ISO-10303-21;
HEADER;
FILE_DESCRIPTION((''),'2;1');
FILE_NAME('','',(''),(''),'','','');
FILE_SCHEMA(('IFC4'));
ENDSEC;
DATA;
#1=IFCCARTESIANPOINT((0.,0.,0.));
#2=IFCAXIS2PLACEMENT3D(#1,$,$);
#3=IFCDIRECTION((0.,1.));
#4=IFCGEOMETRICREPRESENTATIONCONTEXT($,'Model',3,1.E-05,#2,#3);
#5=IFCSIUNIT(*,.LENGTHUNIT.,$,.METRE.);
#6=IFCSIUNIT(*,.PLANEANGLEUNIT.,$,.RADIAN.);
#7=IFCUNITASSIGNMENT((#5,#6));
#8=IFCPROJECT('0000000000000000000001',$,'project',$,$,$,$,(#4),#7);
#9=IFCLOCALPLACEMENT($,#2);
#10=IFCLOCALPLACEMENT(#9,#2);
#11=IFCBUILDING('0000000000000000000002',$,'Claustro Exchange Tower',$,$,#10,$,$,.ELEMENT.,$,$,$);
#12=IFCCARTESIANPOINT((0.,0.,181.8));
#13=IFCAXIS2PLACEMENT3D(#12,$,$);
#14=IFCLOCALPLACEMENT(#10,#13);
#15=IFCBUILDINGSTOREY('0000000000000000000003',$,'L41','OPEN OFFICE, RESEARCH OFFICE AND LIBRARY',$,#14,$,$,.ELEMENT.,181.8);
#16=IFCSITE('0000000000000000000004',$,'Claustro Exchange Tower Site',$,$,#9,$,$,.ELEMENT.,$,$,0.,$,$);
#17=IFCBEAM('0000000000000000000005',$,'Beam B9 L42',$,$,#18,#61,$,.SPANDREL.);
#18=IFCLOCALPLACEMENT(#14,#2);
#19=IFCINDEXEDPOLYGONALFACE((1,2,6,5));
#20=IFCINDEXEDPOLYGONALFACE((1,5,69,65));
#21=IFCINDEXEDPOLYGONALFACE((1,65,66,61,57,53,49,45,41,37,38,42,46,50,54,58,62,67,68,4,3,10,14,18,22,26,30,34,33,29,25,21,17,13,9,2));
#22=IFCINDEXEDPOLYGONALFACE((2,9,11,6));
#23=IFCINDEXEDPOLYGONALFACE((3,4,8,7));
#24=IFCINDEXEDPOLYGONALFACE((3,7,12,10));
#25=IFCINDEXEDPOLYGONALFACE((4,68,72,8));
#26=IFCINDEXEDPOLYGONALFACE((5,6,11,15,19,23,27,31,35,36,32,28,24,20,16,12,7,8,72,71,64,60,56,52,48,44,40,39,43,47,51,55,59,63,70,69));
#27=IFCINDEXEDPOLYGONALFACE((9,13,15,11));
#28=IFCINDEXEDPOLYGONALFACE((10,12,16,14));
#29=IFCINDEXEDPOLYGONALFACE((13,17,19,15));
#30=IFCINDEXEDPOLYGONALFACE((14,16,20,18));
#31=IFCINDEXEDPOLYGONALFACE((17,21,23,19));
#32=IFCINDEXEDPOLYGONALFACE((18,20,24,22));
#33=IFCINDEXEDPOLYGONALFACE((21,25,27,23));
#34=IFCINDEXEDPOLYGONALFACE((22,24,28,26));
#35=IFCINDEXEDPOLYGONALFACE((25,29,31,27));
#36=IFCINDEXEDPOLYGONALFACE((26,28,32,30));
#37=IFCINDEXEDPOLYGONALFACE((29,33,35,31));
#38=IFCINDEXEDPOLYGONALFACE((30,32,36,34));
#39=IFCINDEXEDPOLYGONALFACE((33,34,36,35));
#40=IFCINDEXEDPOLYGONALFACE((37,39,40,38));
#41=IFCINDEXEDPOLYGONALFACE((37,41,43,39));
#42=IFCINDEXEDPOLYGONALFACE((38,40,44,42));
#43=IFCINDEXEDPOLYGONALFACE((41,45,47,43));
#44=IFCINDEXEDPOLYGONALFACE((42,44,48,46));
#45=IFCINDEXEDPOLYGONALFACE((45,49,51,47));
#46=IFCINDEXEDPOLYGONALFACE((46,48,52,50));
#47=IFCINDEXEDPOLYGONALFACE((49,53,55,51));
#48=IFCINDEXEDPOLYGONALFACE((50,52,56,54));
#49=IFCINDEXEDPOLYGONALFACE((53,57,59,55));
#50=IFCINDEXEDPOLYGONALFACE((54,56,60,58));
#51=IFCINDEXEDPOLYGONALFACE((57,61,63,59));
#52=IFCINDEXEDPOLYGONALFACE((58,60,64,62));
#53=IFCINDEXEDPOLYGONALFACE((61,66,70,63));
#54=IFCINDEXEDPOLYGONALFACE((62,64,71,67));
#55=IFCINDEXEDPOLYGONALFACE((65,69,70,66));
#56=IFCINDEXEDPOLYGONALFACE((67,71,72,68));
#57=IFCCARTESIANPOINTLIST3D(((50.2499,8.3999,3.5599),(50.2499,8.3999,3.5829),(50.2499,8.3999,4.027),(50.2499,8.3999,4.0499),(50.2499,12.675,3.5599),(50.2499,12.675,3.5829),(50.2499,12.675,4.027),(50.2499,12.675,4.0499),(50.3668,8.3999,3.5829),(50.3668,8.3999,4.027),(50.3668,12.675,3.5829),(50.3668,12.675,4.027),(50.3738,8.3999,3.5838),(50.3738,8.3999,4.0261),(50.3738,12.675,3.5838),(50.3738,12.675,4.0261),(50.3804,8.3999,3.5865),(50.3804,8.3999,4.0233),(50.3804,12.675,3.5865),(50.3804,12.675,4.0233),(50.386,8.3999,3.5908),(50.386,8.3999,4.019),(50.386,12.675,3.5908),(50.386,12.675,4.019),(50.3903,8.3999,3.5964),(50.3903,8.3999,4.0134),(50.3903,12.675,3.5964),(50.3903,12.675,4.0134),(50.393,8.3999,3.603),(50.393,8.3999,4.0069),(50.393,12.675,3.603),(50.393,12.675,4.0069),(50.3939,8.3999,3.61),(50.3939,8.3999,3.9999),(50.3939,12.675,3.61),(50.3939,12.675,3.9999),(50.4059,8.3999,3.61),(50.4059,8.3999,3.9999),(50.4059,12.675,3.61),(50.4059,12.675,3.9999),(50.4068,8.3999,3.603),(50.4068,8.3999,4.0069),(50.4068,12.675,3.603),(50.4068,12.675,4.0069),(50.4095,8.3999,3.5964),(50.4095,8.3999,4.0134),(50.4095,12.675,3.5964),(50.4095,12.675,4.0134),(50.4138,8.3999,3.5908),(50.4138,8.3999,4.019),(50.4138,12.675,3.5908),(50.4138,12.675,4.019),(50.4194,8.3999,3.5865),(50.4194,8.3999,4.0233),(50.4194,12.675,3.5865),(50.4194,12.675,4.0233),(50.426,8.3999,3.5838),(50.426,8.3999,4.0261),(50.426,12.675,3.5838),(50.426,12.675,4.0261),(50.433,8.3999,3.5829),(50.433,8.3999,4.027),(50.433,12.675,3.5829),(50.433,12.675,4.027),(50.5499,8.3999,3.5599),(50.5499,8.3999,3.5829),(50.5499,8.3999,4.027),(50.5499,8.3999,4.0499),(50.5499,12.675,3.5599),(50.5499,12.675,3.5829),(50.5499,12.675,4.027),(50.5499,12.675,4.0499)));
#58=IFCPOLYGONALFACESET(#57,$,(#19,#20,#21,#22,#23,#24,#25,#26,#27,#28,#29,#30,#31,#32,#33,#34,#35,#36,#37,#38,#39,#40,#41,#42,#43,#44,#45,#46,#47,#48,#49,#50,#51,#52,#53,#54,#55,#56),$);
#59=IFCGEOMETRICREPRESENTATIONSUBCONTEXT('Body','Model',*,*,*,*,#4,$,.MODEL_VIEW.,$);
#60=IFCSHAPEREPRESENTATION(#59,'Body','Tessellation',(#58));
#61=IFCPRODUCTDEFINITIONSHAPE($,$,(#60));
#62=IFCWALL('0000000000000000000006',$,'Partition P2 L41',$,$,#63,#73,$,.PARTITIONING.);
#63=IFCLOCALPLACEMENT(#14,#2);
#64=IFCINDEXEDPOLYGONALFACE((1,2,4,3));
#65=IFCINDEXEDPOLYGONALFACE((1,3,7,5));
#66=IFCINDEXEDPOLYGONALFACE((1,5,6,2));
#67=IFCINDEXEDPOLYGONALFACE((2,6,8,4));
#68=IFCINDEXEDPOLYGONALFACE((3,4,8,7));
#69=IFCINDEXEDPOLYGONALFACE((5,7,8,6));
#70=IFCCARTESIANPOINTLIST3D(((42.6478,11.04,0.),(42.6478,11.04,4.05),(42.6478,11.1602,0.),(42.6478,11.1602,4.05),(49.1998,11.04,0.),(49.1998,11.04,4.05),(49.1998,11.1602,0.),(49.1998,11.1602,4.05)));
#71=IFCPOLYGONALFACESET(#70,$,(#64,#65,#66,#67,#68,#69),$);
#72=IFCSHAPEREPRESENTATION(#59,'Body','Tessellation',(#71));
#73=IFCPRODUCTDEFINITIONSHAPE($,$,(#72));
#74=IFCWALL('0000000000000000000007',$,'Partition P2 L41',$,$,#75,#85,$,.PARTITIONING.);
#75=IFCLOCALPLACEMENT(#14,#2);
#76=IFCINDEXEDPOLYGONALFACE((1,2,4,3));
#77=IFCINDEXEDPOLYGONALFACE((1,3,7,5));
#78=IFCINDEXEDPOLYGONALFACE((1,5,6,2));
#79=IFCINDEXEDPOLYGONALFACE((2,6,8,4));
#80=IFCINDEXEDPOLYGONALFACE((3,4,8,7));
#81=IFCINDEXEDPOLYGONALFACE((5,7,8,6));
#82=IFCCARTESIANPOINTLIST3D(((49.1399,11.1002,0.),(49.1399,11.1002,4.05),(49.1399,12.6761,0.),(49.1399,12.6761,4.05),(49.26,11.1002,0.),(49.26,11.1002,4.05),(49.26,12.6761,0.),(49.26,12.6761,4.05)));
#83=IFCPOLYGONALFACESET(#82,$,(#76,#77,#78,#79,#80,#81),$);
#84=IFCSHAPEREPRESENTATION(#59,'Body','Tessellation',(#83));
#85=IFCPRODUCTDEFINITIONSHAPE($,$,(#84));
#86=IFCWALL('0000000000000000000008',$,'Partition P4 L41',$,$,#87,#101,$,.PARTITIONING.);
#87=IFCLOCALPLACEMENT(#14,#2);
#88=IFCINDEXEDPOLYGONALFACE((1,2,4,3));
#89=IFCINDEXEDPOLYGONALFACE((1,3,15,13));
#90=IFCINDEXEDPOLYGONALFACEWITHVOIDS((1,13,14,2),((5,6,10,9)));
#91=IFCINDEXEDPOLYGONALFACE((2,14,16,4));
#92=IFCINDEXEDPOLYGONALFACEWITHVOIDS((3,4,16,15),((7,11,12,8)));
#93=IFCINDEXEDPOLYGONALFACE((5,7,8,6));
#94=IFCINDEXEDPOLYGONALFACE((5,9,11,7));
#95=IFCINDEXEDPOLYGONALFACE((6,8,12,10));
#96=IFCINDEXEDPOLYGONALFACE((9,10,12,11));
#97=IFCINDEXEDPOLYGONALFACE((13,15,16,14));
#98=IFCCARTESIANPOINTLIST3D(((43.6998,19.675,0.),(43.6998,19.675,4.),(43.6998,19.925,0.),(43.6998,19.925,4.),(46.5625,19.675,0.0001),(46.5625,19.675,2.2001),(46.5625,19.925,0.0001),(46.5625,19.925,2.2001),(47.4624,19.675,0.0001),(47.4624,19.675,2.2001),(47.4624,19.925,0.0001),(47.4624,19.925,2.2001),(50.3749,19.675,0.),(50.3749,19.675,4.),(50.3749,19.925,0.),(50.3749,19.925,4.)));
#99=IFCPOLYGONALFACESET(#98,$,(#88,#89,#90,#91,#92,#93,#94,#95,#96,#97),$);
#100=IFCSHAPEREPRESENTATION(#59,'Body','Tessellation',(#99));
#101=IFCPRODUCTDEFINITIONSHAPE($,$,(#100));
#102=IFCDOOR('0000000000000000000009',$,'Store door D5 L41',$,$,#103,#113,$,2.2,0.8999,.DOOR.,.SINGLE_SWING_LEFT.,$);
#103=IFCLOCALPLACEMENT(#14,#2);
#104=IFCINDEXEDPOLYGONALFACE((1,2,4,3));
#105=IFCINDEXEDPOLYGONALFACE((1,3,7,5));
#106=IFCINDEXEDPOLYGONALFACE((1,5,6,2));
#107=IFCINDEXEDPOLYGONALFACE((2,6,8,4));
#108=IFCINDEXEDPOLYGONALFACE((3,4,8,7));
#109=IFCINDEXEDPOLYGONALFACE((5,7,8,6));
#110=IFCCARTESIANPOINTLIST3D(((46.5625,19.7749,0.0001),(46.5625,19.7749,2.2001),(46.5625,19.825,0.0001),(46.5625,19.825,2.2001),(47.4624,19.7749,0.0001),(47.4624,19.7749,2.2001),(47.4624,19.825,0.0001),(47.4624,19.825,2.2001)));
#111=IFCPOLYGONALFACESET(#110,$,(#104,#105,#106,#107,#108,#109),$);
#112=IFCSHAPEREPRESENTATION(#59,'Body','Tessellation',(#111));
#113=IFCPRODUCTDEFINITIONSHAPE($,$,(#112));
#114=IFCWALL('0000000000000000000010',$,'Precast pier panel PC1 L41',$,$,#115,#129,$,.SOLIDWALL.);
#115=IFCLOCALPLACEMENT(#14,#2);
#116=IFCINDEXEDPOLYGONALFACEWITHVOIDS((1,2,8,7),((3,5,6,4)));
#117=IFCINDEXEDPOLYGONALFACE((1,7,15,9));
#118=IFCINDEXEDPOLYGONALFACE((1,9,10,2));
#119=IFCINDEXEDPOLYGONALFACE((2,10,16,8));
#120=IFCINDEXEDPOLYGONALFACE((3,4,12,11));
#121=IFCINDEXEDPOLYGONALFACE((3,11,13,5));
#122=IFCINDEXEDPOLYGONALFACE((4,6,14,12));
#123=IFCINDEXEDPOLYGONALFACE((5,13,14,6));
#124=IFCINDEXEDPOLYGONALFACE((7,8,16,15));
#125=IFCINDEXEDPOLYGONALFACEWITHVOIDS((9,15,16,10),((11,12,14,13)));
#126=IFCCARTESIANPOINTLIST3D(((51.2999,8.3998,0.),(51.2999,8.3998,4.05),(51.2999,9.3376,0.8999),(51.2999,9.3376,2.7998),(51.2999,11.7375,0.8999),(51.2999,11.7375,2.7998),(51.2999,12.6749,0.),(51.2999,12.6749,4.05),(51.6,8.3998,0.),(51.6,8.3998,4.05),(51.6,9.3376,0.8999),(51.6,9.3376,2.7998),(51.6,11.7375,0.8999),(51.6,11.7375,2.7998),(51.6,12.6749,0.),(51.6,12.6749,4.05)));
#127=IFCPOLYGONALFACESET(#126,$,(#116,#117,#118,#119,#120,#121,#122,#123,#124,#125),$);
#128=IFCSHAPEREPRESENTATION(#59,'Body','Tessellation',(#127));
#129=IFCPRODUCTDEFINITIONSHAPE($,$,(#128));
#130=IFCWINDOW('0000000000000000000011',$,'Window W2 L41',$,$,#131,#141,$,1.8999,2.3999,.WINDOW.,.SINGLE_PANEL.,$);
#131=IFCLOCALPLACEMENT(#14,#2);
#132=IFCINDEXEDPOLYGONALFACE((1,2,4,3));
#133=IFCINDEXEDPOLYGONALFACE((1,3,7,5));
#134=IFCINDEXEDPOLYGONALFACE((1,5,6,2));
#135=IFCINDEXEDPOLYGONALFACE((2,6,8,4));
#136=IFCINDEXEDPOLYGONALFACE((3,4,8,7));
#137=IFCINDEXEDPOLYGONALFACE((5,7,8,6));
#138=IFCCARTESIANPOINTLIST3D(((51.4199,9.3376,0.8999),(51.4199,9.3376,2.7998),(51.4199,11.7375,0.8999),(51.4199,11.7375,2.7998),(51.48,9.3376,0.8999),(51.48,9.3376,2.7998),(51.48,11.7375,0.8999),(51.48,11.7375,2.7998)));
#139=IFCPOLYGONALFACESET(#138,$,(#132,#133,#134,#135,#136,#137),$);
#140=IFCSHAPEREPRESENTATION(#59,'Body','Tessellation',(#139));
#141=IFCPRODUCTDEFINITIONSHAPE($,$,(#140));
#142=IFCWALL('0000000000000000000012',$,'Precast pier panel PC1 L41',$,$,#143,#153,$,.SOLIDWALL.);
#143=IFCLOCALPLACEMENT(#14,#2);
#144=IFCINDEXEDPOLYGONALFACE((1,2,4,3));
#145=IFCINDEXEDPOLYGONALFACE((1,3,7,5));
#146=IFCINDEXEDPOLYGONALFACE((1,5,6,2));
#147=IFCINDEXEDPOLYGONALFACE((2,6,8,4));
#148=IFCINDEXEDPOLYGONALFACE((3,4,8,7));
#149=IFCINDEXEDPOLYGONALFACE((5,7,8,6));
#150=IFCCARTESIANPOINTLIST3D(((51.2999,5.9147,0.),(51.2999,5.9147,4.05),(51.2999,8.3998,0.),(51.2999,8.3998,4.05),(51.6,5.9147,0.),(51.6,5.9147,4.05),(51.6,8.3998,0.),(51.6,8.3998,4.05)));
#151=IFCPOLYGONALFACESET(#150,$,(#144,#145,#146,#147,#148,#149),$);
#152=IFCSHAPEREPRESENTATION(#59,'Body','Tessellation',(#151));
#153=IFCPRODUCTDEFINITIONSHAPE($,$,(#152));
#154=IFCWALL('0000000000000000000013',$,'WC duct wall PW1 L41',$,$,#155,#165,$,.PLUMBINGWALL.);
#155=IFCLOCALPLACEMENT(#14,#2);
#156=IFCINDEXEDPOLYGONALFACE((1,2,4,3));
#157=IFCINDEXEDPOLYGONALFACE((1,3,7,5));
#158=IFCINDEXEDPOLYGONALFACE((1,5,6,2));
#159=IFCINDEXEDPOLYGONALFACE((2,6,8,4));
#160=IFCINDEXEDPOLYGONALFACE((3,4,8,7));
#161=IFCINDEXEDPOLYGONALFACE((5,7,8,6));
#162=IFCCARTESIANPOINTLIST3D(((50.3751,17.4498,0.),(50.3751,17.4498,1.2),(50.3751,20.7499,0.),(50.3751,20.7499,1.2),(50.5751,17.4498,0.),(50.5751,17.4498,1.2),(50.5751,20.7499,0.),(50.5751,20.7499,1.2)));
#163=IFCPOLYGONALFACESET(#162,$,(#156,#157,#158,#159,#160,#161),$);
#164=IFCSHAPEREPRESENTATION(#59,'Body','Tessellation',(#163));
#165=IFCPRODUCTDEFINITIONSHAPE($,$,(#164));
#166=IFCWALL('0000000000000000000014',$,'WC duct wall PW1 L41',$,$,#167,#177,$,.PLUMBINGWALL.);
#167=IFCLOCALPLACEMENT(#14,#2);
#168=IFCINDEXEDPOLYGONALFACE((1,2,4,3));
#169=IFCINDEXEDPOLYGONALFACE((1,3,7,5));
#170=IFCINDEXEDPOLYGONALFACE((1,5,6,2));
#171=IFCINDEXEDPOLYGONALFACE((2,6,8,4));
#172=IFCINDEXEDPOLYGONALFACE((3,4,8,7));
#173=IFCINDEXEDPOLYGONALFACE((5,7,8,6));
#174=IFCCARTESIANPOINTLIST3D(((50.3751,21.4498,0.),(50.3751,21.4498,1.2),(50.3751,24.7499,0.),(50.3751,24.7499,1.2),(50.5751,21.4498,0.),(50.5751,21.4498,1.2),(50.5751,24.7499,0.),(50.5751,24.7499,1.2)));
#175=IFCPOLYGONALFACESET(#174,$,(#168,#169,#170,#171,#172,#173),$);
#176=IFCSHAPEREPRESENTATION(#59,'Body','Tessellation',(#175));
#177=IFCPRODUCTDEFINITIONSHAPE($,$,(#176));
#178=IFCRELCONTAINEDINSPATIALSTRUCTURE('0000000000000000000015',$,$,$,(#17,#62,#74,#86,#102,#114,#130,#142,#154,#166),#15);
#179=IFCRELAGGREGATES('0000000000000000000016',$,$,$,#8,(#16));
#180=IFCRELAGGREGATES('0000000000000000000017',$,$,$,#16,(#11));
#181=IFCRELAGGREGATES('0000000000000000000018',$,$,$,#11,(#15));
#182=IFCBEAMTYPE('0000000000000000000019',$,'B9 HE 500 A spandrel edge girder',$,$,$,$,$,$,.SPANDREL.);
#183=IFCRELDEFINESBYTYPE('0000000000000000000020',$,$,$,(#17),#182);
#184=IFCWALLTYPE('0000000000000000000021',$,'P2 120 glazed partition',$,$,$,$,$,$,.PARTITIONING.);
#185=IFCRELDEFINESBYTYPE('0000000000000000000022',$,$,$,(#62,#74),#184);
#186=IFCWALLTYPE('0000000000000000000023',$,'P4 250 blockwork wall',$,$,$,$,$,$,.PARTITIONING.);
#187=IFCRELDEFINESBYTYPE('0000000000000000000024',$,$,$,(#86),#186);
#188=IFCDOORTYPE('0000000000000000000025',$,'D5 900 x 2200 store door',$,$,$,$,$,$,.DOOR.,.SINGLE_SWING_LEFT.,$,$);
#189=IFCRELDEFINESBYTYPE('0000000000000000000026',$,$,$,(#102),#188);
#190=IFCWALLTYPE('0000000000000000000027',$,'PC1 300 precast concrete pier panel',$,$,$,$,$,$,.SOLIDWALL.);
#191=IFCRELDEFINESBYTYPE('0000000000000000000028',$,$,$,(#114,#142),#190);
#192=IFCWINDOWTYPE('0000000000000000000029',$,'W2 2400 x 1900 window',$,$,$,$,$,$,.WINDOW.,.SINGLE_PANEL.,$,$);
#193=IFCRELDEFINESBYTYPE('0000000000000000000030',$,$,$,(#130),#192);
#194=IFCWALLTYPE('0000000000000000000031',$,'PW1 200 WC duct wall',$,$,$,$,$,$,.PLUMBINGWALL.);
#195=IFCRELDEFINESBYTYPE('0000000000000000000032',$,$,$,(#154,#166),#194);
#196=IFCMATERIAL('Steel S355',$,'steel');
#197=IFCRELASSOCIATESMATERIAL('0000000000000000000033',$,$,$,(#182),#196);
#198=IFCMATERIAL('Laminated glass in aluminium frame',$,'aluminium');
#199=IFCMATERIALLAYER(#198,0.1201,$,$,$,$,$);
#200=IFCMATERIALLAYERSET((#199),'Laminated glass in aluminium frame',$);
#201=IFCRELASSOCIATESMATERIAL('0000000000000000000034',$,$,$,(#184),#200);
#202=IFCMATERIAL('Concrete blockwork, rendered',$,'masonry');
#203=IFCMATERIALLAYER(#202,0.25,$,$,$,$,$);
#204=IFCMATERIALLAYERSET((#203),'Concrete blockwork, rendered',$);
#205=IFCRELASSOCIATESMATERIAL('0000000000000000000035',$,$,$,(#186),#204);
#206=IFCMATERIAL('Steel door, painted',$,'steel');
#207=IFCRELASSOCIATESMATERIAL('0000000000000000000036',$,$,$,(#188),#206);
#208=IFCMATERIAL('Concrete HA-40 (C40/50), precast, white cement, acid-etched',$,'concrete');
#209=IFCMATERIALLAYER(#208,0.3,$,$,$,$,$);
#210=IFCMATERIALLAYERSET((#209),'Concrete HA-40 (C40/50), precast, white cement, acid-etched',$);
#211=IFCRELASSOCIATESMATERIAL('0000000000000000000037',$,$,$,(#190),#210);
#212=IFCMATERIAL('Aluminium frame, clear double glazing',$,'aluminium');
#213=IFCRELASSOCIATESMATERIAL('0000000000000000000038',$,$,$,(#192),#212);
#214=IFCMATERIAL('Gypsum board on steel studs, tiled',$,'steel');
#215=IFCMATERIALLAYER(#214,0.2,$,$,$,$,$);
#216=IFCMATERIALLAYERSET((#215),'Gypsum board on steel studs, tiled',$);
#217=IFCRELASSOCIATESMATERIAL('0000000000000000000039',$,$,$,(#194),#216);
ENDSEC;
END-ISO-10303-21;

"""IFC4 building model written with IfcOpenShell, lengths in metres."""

from ifc_helpers import new_model, si_unit, direction, frame, frame_2d, origin, origin_2d, place, context, subcontext, project, spatial, rectangle, i_section, extrude, material, layer, layer_set, material_profile, profile_set, type_object, element, fill, save


model = new_model("IFC4")

# Units and contexts
model_context = context("Model", 3, precision=1e-05, world=origin(), true_north=direction((0.0, 1.0)))
body_context = subcontext(model_context, "Body", "Model", "MODEL_VIEW")
ifc_project = project(units=[si_unit("LENGTHUNIT", "METRE"), si_unit("PLANEANGLEUNIT", "RADIAN")], contexts=[model_context])

# Site, building, storey
site_placement = place(None, origin())
site = spatial("IfcSite", under=ifc_project, at=site_placement, Name="Claustro Exchange Tower Site", CompositionType="ELEMENT", RefElevation=0.0)
building_placement = place(site_placement, origin())
building = spatial("IfcBuilding", under=site, at=building_placement, Name="Claustro Exchange Tower", CompositionType="ELEMENT")
storey_placement = place(building_placement, frame((0.0, 0.0, 181.8)))
storey = spatial("IfcBuildingStorey", under=building, at=storey_placement, Name="L41", Description="OPEN OFFICE, RESEARCH OFFICE AND LIBRARY", CompositionType="ELEMENT", Elevation=181.8)

# Beam
ifc_material_1 = material(Name="Steel S355", Category="steel")
ifc_material_profile = material_profile(ifc_material_1, i_section(OverallWidth=0.3, OverallDepth=0.49, WebThickness=0.012, FlangeThickness=0.0229, FilletRadius=0.0271, at=origin_2d()), Name="HE 500 A")
ifc_profile_set = profile_set([ifc_material_profile], Name="Steel S355")
beam_type = type_object("IfcBeamType", Name="B9 HE 500 A spandrel edge girder", PredefinedType="SPANDREL", material=ifc_profile_set)
beam_placement = place(storey_placement, frame((50.3999, 8.3999, 3.8049), z_axis=(0.0, 1.0, 0.0), x_axis=(-1.0, 0.0, 0.0)))
element("IfcBeam", 1, at=beam_placement, inside=storey, type_object=beam_type, Name="Beam B9 L42", PredefinedType="SPANDREL", context=body_context, shape_type="SweptSolid", body=[
    extrude(i_section(OverallWidth=0.3, OverallDepth=0.49, WebThickness=0.012, FlangeThickness=0.0229, FilletRadius=0.0271, at=origin_2d()), origin(), (0.0, 0.0, 1.0), 4.2751),
])

# Shared definitions
ifc_material_2 = material(Name="Laminated glass in aluminium frame", Category="aluminium")
ifc_layer_1 = layer(ifc_material_2, 0.1201)
ifc_layer_set_1 = layer_set([ifc_layer_1], Name="Laminated glass in aluminium frame")
wall_type_1 = type_object("IfcWallType", Name="P2 120 glazed partition", PredefinedType="PARTITIONING", material=ifc_layer_set_1)

# Walls
wall_1_placement = place(storey_placement, frame((42.6479, 11.1001, 0.0), z_axis=(0.0, 0.0, 1.0), x_axis=(1.0, 0.0, 0.0)))
element("IfcWall", 2, at=wall_1_placement, inside=storey, type_object=wall_type_1, Name="Partition P2 L41", PredefinedType="PARTITIONING", context=body_context, shape_type="SweptSolid", body=[
    extrude(rectangle(XDim=6.552, YDim=0.1201, at=frame_2d((3.2759, 0.0))), origin(), (0.0, 0.0, 1.0), 4.05),
])
wall_2_placement = place(storey_placement, frame((49.2, 11.1001, 0.0), z_axis=(0.0, 0.0, 1.0), x_axis=(0.0, 1.0, 0.0)))
element("IfcWall", 3, at=wall_2_placement, inside=storey, type_object=wall_type_1, Name="Partition P2 L41", PredefinedType="PARTITIONING", context=body_context, shape_type="SweptSolid", body=[
    extrude(rectangle(XDim=1.5759, YDim=0.1201, at=frame_2d((0.7881, 0.0))), origin(), (0.0, 0.0, 1.0), 4.05),
])

# Wall, opening, door
ifc_material_3 = material(Name="Concrete blockwork, rendered", Category="masonry")
ifc_layer_2 = layer(ifc_material_3, 0.25)
ifc_layer_set_2 = layer_set([ifc_layer_2], Name="Concrete blockwork, rendered")
wall_type_2 = type_object("IfcWallType", Name="P4 250 blockwork wall", PredefinedType="PARTITIONING", material=ifc_layer_set_2)
wall_3_placement = place(storey_placement, frame((43.7, 19.8, 0.0), z_axis=(0.0, 0.0, 1.0), x_axis=(1.0, 0.0, 0.0)))
wall_3 = element("IfcWall", 4, at=wall_3_placement, inside=storey, type_object=wall_type_2, Name="Partition P4 L41", PredefinedType="PARTITIONING", context=body_context, shape_type="SweptSolid", body=[
    extrude(rectangle(XDim=6.675, YDim=0.25, at=frame_2d((3.3374, 0.0))), origin(), (0.0, 0.0, 1.0), 4.0),
])
opening_1_placement = place(wall_3_placement, frame((2.8625, 0.0, 0.0)))
opening_1 = element("IfcOpeningElement", 5, at=opening_1_placement, cuts=wall_3, PredefinedType="OPENING", context=body_context, shape_type="SweptSolid", body=[
    extrude(rectangle(XDim=0.8999, YDim=2.2, at=frame_2d((0.45, 1.1001))), frame((0.0, 0.135, 0.0), z_axis=(0.0, -1.0, 0.0), x_axis=(1.0, 0.0, 0.0)), (0.0, 0.0, 1.0), 0.27),
])
ifc_material_4 = material(Name="Steel door, painted", Category="steel")
door_type_1 = type_object("IfcDoorType", Name="D5 900 x 2200 store door", OperationType="SINGLE_SWING_LEFT", PredefinedType="DOOR", material=ifc_material_4)
door_1_placement = place(opening_1_placement, origin())
door_1 = element("IfcDoor", 6, at=door_1_placement, inside=storey, type_object=door_type_1, Name="Store door D5 L41", OperationType="SINGLE_SWING_LEFT", OverallHeight=2.2, OverallWidth=0.8999, PredefinedType="DOOR", context=body_context, shape_type="SweptSolid", body=[
    extrude(rectangle(XDim=0.8999, YDim=2.2, at=frame_2d((0.45, 1.1001))), frame((0.0, 0.0249, 0.0), z_axis=(0.0, -1.0, 0.0), x_axis=(1.0, 0.0, 0.0)), (0.0, 0.0, 1.0), 0.05),
])
fill(opening_1, door_1)

# Wall, opening, window
ifc_material_5 = material(Name="Concrete HA-40 (C40/50), precast, white cement, acid-etched", Category="concrete")
ifc_layer_3 = layer(ifc_material_5, 0.3)
ifc_layer_set_3 = layer_set([ifc_layer_3], Name="Concrete HA-40 (C40/50), precast, white cement, acid-etched")
wall_type_3 = type_object("IfcWallType", Name="PC1 300 precast concrete pier panel", PredefinedType="SOLIDWALL", material=ifc_layer_set_3)
wall_4_placement = place(storey_placement, frame((51.45, 12.675, 0.0), z_axis=(0.0, 0.0, 1.0), x_axis=(0.0, -1.0, 0.0)))
wall_4 = element("IfcWall", 7, at=wall_4_placement, inside=storey, type_object=wall_type_3, Name="Precast pier panel PC1 L41", PredefinedType="SOLIDWALL", context=body_context, shape_type="SweptSolid", body=[
    extrude(rectangle(XDim=4.2751, YDim=0.3, at=frame_2d((2.1377, 0.0))), origin(), (0.0, 0.0, 1.0), 4.05),
])
opening_2_placement = place(wall_4_placement, frame((0.9375, 0.0, 0.8999)))
opening_2 = element("IfcOpeningElement", 8, at=opening_2_placement, cuts=wall_4, PredefinedType="OPENING", context=body_context, shape_type="SweptSolid", body=[
    extrude(rectangle(XDim=2.3999, YDim=1.8999, at=frame_2d((1.2, 0.95))), frame((0.0, 0.1599, 0.0), z_axis=(0.0, -1.0, 0.0), x_axis=(1.0, 0.0, 0.0)), (0.0, 0.0, 1.0), 0.3201),
])
ifc_material_6 = material(Name="Aluminium frame, clear double glazing", Category="aluminium")
window_type = type_object("IfcWindowType", Name="W2 2400 x 1900 window", PartitioningType="SINGLE_PANEL", PredefinedType="WINDOW", material=ifc_material_6)
window_placement = place(opening_2_placement, origin())
window = element("IfcWindow", 9, at=window_placement, inside=storey, type_object=window_type, Name="Window W2 L41", OverallHeight=1.8999, OverallWidth=2.3999, PartitioningType="SINGLE_PANEL", PredefinedType="WINDOW", context=body_context, shape_type="SweptSolid", body=[
    extrude(rectangle(XDim=2.3999, YDim=1.8999, at=frame_2d((1.2, 0.95))), frame((0.0, 0.03, 0.0), z_axis=(0.0, -1.0, 0.0), x_axis=(1.0, 0.0, 0.0)), (0.0, 0.0, 1.0), 0.0601),
])
fill(opening_2, window)

# Walls
wall_5_placement = place(storey_placement, frame((51.45, 8.3999, 0.0), z_axis=(0.0, 0.0, 1.0), x_axis=(0.0, -1.0, 0.0)))
element("IfcWall", 10, at=wall_5_placement, inside=storey, type_object=wall_type_3, Name="Precast pier panel PC1 L41", PredefinedType="SOLIDWALL", context=body_context, shape_type="SweptSolid", body=[
    extrude(rectangle(XDim=2.4851, YDim=0.3, at=frame_2d((1.2427, 0.0))), origin(), (0.0, 0.0, 1.0), 4.05),
])
ifc_material_7 = material(Name="Gypsum board on steel studs, tiled", Category="steel")
ifc_layer_4 = layer(ifc_material_7, 0.2)
ifc_layer_set_4 = layer_set([ifc_layer_4], Name="Gypsum board on steel studs, tiled")
wall_type_4 = type_object("IfcWallType", Name="PW1 200 WC duct wall", PredefinedType="PLUMBINGWALL", material=ifc_layer_set_4)
for number, where, z_axis, x_axis, name in (
    (11, (50.4751, 17.45, 0.0), (0.0, 0.0, 1.0), (0.0, 1.0, 0.0), "WC duct wall PW1 L41"),
    (12, (50.4751, 21.45, 0.0), (0.0, 0.0, 1.0), (0.0, 1.0, 0.0), "WC duct wall PW1 L41"),
):
    element("IfcWall", number, at=place(storey_placement, frame(where, z_axis=z_axis, x_axis=x_axis)), inside=storey, type_object=wall_type_4, Name=name, PredefinedType="PLUMBINGWALL", context=body_context, shape_type="SweptSolid", body=[
        extrude(rectangle(XDim=3.3, YDim=0.2, at=frame_2d((1.6499, 0.0))), origin(), (0.0, 0.0, 1.0), 1.2),
    ])

save(model, "model.ifc")
